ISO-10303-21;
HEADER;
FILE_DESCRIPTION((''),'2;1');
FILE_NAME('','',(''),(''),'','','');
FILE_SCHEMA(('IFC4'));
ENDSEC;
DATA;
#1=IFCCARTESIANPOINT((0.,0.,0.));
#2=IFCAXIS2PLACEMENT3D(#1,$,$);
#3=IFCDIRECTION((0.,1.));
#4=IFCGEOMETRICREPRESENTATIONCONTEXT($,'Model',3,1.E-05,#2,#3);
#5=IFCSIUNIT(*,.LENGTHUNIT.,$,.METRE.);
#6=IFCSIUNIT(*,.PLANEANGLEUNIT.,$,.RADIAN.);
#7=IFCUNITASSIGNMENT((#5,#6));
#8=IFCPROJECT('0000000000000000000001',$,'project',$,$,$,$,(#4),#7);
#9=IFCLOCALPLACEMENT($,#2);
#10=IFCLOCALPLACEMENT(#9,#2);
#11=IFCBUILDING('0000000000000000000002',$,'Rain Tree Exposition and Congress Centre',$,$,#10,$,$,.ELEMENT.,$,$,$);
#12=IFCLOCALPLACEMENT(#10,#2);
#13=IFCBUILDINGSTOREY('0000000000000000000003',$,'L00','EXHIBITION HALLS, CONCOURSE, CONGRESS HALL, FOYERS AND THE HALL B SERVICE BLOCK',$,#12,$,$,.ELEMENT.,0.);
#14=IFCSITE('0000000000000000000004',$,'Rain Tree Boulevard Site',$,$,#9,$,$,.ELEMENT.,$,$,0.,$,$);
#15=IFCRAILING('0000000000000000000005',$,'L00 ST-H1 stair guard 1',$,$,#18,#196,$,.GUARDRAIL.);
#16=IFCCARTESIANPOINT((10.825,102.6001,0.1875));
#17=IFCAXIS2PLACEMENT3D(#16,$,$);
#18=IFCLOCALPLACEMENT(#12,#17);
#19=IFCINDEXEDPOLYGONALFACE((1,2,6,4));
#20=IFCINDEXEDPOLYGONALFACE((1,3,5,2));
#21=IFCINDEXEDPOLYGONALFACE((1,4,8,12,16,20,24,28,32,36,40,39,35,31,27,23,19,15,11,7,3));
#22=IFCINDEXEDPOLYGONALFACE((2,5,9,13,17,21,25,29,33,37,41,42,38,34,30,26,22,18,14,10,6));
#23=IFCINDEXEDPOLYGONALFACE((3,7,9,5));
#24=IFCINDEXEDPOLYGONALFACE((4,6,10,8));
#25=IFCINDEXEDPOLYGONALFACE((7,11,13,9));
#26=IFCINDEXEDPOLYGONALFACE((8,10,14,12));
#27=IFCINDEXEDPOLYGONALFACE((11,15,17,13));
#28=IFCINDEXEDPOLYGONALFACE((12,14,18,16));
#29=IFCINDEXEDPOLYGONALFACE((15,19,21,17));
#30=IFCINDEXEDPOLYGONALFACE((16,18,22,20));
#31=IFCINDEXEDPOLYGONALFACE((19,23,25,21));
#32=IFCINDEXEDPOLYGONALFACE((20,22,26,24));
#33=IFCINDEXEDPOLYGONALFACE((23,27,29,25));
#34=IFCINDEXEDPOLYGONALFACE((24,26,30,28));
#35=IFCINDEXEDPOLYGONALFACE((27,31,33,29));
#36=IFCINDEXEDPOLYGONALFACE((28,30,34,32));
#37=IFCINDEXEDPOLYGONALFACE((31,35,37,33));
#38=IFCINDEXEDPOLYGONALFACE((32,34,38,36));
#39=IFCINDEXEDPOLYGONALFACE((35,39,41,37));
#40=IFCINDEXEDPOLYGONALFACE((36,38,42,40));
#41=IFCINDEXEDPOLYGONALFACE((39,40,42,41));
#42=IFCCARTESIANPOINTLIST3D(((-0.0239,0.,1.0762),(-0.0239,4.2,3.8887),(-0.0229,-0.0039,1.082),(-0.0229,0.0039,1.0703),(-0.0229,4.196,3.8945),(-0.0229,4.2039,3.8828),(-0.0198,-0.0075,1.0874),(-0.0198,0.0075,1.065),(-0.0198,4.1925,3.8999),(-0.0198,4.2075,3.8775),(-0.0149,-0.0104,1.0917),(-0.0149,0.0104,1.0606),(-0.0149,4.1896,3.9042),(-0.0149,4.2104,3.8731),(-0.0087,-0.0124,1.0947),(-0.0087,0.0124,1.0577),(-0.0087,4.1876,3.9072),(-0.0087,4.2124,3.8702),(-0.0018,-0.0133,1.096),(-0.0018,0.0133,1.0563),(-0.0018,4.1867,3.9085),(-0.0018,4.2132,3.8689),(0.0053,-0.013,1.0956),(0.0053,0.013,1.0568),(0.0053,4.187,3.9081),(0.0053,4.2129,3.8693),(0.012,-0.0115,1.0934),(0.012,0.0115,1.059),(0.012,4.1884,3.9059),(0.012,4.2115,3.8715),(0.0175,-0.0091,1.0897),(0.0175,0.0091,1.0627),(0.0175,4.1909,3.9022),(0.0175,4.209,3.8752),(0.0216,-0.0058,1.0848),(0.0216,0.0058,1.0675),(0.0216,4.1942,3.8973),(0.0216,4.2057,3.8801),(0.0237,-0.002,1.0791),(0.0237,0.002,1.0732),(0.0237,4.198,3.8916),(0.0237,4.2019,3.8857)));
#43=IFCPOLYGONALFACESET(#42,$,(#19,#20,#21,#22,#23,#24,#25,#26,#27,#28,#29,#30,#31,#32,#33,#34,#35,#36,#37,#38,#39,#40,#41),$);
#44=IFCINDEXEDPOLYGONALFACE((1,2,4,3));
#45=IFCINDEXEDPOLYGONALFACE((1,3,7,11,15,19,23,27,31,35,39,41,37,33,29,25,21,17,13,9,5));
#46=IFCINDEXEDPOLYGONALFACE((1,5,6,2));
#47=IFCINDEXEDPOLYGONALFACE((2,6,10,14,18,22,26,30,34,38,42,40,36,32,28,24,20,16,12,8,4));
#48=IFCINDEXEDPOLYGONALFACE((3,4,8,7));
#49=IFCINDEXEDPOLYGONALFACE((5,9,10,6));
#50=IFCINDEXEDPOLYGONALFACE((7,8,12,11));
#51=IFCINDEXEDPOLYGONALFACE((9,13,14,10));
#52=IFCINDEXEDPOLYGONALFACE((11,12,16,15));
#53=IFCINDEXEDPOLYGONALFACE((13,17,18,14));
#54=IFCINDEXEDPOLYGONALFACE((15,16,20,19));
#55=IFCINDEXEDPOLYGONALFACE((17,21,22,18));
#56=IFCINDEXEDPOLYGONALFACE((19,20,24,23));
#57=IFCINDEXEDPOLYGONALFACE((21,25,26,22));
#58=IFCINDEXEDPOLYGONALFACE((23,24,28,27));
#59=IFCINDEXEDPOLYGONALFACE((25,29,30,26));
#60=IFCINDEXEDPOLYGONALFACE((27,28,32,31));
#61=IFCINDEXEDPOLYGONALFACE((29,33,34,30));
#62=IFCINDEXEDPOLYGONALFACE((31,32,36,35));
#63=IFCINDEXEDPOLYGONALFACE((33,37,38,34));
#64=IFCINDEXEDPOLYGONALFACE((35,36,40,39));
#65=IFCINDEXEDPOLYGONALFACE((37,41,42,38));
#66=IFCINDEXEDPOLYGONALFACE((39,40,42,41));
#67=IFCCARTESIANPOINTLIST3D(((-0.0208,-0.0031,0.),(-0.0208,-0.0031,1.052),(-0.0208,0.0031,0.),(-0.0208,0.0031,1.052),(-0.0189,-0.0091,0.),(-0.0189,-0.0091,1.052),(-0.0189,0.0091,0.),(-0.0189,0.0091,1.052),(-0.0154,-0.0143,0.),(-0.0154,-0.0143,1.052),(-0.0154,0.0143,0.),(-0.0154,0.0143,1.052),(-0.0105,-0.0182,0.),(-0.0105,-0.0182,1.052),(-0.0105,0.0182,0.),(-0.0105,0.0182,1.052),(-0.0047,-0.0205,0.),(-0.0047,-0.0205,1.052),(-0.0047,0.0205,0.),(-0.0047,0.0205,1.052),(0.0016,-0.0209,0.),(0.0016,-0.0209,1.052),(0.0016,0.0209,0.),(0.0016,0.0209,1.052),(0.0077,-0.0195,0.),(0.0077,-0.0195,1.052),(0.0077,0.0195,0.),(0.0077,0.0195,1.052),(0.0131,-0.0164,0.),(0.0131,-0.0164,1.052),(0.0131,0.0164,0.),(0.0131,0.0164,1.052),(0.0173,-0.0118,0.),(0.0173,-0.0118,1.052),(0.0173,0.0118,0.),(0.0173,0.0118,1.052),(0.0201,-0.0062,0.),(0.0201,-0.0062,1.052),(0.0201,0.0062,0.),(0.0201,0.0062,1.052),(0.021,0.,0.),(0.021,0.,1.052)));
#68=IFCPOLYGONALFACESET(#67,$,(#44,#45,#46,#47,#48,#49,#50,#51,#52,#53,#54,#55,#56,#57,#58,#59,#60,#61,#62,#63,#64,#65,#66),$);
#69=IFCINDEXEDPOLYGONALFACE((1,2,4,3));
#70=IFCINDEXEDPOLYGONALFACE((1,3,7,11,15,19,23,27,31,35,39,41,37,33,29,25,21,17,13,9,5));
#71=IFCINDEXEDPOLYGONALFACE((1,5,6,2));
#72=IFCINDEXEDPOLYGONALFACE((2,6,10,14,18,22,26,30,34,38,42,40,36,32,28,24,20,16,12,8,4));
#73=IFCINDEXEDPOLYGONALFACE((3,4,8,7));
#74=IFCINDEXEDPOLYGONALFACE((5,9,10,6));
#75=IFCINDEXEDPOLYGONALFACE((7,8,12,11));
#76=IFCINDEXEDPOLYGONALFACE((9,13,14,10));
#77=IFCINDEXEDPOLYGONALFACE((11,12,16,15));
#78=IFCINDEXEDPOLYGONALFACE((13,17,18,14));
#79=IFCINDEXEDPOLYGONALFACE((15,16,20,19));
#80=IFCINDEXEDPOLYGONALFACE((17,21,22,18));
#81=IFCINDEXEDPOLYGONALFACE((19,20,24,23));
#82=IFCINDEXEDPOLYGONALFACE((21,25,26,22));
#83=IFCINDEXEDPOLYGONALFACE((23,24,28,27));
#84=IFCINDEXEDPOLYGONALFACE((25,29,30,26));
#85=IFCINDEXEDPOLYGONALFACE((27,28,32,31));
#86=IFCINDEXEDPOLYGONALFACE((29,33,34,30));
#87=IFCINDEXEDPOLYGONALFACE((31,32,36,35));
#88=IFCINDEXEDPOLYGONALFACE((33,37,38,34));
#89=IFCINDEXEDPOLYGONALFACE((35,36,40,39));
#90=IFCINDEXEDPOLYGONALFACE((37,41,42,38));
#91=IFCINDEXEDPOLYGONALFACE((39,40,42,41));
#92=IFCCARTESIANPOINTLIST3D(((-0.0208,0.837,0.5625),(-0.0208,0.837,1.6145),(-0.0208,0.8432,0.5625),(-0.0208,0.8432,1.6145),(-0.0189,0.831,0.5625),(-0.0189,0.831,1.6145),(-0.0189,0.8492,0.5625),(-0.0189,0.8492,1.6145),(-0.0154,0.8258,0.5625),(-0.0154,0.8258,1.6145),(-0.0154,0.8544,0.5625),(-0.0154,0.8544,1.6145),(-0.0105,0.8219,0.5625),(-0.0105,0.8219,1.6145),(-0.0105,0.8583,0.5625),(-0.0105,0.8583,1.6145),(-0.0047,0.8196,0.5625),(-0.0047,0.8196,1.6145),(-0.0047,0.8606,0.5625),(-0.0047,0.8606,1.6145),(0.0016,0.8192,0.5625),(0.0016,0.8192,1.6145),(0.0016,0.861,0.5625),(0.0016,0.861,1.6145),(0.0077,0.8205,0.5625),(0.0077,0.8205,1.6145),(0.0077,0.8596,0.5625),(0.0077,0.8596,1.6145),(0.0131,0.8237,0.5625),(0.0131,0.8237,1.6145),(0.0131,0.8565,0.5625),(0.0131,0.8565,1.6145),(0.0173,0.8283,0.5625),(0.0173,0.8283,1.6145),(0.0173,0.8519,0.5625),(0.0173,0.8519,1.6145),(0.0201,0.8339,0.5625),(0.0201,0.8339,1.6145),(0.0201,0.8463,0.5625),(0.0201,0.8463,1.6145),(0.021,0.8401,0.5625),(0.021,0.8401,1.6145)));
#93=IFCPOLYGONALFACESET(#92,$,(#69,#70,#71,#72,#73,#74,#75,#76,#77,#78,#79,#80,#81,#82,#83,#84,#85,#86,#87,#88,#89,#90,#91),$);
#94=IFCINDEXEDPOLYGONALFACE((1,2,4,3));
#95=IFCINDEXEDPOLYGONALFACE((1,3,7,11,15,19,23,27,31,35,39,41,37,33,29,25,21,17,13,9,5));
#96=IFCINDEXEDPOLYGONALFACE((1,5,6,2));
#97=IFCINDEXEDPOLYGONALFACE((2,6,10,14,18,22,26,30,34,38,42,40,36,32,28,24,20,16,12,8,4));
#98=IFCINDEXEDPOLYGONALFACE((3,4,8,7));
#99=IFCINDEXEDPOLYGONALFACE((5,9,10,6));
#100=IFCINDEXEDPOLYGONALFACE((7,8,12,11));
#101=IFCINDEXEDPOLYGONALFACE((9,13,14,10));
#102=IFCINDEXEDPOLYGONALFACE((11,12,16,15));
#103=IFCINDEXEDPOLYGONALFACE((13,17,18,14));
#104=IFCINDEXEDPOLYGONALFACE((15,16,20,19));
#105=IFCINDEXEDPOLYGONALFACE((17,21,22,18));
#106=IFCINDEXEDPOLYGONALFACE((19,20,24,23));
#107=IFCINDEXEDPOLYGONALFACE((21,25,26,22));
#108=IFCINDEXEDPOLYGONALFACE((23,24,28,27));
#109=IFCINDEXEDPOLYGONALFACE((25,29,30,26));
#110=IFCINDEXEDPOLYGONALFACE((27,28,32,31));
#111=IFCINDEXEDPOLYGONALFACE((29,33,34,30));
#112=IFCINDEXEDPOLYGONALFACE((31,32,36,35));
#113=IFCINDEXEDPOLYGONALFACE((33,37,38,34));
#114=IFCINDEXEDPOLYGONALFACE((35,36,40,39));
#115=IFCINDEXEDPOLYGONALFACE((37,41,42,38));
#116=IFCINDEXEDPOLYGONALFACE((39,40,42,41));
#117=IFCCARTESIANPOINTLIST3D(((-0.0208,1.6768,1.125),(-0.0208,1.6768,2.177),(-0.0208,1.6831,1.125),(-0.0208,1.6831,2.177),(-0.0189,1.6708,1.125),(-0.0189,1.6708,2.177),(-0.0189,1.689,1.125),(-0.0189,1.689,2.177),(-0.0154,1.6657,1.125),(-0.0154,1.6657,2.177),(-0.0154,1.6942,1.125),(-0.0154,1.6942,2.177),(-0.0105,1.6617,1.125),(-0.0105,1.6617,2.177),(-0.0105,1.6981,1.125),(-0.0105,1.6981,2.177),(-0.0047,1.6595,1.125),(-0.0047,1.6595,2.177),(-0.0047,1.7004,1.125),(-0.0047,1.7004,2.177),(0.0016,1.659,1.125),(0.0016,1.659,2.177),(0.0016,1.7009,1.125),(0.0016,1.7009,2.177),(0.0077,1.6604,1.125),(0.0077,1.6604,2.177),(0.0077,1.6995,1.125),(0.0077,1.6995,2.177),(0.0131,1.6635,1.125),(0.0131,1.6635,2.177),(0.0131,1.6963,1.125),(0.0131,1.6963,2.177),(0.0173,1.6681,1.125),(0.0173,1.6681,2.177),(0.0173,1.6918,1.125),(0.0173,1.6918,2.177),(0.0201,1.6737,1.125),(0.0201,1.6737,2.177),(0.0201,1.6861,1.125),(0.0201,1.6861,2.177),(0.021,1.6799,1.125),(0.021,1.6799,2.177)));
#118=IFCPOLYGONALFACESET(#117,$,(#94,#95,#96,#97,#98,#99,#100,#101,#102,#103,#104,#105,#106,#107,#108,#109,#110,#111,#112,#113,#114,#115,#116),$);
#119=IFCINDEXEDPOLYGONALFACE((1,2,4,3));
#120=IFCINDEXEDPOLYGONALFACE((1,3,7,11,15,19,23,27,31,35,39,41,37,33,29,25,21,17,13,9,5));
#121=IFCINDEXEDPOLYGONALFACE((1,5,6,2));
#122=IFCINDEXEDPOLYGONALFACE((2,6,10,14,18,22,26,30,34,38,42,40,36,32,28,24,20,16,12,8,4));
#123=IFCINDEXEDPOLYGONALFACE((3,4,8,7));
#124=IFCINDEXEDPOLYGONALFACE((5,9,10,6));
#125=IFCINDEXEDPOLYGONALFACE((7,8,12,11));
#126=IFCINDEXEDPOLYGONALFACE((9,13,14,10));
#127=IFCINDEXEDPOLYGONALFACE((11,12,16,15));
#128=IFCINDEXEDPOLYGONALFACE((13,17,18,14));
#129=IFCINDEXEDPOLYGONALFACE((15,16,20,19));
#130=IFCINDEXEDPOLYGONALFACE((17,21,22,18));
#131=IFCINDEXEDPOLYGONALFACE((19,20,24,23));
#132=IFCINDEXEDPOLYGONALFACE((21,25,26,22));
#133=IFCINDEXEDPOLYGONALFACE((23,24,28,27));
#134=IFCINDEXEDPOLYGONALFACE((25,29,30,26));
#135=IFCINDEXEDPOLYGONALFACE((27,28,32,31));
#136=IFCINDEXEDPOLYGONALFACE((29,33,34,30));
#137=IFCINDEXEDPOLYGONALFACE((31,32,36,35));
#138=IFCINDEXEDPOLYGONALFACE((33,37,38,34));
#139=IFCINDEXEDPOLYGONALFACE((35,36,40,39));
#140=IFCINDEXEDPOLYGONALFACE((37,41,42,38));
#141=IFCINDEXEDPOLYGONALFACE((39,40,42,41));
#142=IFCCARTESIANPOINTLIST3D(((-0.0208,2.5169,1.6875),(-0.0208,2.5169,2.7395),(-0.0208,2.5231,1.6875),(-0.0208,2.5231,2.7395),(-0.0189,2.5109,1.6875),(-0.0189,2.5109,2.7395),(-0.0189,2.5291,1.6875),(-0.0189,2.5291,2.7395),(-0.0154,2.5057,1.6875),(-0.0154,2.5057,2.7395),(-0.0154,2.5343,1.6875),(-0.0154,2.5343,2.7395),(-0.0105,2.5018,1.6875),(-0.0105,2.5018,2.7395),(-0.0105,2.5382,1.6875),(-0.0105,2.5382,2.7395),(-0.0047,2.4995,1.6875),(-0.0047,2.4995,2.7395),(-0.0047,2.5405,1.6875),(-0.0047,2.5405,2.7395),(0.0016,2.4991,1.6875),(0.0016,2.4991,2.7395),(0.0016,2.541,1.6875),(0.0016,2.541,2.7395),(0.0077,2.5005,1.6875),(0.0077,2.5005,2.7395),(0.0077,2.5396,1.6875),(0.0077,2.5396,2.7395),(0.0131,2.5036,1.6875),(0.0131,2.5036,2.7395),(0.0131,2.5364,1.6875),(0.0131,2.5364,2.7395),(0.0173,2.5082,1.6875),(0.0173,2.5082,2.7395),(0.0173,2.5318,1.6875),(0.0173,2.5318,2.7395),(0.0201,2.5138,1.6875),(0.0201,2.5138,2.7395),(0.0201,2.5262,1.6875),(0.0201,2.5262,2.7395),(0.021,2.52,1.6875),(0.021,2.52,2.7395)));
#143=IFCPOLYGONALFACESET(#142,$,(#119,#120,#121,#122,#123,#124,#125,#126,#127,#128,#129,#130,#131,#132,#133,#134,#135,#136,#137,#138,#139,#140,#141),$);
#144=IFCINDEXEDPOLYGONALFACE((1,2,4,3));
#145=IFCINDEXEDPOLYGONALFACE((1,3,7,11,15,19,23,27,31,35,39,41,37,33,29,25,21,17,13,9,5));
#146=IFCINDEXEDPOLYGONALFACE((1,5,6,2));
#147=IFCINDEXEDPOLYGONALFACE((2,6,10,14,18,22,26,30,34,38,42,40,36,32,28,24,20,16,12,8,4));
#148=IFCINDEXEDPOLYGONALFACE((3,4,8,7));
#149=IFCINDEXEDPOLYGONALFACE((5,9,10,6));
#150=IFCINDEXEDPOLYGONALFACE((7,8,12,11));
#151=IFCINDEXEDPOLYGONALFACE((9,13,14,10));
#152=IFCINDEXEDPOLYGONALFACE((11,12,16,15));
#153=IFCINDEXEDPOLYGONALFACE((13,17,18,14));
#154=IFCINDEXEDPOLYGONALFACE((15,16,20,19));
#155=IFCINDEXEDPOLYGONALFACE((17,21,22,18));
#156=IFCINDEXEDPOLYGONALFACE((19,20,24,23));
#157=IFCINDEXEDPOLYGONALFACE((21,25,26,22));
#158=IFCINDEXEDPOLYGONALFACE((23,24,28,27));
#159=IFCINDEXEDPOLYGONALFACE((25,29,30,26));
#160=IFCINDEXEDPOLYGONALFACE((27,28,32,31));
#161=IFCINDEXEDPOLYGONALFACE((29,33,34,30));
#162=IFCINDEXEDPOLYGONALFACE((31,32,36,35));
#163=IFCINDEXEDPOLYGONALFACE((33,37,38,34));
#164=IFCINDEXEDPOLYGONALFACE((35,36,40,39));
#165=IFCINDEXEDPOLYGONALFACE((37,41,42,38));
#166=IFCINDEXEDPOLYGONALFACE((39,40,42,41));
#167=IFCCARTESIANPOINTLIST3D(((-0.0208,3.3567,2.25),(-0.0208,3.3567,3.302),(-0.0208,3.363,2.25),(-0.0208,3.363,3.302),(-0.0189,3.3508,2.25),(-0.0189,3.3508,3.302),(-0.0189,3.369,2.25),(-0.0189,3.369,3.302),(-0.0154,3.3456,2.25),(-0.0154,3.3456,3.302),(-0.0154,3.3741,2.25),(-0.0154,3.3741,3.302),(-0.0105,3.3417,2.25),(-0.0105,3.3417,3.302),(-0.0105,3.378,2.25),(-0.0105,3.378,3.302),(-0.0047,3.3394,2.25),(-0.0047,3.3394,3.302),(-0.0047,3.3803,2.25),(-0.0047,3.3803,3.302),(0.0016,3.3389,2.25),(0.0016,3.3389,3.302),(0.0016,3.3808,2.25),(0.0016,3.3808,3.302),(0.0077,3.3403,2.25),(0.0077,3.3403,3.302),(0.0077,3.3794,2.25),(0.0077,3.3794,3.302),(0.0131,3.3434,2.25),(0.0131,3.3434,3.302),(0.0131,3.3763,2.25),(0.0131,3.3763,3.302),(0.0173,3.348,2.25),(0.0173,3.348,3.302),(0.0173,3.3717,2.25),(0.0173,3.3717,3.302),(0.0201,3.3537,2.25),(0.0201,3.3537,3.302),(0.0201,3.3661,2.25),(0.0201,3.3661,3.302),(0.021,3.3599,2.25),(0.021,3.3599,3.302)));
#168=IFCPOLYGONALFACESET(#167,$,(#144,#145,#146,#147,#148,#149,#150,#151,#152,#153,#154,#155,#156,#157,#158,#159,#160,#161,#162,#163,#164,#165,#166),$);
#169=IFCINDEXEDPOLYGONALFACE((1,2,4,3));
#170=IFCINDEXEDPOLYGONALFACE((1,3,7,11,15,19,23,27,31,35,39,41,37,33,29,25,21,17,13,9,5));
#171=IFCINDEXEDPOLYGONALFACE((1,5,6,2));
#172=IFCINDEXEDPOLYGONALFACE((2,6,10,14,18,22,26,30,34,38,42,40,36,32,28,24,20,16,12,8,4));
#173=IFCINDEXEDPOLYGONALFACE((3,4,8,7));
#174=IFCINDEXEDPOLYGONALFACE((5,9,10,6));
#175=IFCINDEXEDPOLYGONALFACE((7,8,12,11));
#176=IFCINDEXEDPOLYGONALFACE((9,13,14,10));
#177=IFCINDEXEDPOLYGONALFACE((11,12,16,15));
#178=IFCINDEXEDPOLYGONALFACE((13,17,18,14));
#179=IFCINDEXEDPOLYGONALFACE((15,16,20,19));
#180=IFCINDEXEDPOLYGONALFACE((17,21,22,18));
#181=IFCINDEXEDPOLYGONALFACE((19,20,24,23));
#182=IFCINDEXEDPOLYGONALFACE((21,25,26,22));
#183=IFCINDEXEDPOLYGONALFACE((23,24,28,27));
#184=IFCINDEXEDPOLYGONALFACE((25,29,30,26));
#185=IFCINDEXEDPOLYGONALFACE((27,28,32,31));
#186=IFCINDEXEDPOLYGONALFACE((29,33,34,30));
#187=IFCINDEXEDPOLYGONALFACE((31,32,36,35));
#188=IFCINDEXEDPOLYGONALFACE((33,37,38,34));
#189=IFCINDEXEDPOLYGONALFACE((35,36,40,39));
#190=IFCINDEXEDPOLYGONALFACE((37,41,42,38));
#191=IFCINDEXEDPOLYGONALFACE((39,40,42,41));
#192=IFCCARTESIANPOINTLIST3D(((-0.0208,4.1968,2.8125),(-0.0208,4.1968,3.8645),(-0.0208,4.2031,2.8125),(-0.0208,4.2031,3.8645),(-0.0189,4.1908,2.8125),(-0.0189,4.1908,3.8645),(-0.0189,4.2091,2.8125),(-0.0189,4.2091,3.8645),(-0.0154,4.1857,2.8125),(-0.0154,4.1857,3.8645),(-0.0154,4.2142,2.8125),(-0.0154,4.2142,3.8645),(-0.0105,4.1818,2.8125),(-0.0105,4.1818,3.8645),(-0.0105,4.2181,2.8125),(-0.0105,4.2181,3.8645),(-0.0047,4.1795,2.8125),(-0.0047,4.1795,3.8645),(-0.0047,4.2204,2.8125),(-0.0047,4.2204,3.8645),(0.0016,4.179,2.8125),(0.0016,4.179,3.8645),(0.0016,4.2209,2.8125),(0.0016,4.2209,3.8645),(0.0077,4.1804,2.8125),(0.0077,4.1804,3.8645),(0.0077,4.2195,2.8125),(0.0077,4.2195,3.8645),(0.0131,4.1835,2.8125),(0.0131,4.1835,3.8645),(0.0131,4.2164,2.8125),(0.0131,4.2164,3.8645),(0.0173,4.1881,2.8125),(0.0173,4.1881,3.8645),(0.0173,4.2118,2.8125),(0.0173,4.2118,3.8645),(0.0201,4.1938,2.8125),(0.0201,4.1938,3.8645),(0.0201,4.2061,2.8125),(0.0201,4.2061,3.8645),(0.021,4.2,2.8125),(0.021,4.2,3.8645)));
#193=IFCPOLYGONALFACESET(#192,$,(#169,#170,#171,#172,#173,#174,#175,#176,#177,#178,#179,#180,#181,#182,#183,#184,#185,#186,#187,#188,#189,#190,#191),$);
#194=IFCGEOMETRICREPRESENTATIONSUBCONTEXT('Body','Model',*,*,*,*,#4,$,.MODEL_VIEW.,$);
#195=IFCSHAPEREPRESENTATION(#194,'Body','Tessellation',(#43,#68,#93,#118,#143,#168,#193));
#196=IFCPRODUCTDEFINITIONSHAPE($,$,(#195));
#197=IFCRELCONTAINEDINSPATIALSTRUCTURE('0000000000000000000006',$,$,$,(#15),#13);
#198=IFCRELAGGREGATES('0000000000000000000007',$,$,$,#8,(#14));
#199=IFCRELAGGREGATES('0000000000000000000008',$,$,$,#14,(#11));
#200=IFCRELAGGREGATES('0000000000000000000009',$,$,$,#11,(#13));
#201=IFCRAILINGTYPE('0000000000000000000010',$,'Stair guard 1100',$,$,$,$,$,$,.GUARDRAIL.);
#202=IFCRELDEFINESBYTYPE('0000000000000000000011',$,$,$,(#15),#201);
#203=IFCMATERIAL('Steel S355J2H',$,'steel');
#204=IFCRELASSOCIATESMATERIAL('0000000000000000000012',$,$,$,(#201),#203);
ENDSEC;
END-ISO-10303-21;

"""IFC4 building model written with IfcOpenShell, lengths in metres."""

from ifc_helpers import new_model, si_unit, direction, frame, origin, origin_2d, place, context, subcontext, project, spatial, circle, extrude, material, type_object, element, save


model = new_model("IFC4")

# Units and contexts
model_context = context("Model", 3, precision=1e-05, world=origin(), true_north=direction((0.0, 1.0)))
body_context = subcontext(model_context, "Body", "Model", "MODEL_VIEW")
ifc_project = project(units=[si_unit("LENGTHUNIT", "METRE"), si_unit("PLANEANGLEUNIT", "RADIAN")], contexts=[model_context])

# Site, building, storey
site_placement = place(None, origin())
site = spatial("IfcSite", under=ifc_project, at=site_placement, Name="Rain Tree Boulevard Site", CompositionType="ELEMENT", RefElevation=0.0)
building_placement = place(site_placement, origin())
building = spatial("IfcBuilding", under=site, at=building_placement, Name="Rain Tree Exposition and Congress Centre", CompositionType="ELEMENT")
storey_placement = place(building_placement, origin())
storey = spatial("IfcBuildingStorey", under=building, at=storey_placement, Name="L00", Description="EXHIBITION HALLS, CONCOURSE, CONGRESS HALL, FOYERS AND THE HALL B SERVICE BLOCK", CompositionType="ELEMENT", Elevation=0.0)

# Railing
ifc_material_1 = material(Name="Steel S355J2H", Category="steel")
railing_type_1 = type_object("IfcRailingType", Name="Stair guard 1100", PredefinedType="GUARDRAIL", material=ifc_material_1)
railing_1_placement = place(storey_placement, frame((10.825, 102.6001, 0.1875)))
element("IfcRailing", 1, at=railing_1_placement, inside=storey, type_object=railing_type_1, Name="L00 ST-H1 stair guard 1", PredefinedType="GUARDRAIL", context=body_context, shape_type="SweptSolid", body=[
    extrude(circle(Radius=0.0239, at=origin_2d()), frame((0.0, 0.0, 1.0762), z_axis=(0.0, 0.830904, 0.556416), x_axis=(-1.0, 0.0, 0.0)), (0.0, 0.0, 1.0), 5.0547),
    extrude(circle(Radius=0.021, at=origin_2d()), origin(), (0.0, 0.0, 1.0), 1.052),
    extrude(circle(Radius=0.021, at=origin_2d()), frame((0.0, 0.8401, 0.5625)), (0.0, 0.0, 1.0), 1.052),
    extrude(circle(Radius=0.021, at=origin_2d()), frame((0.0, 1.6799, 1.125)), (0.0, 0.0, 1.0), 1.052),
    extrude(circle(Radius=0.021, at=origin_2d()), frame((0.0, 2.52, 1.6875)), (0.0, 0.0, 1.0), 1.052),
    extrude(circle(Radius=0.021, at=origin_2d()), frame((0.0, 3.3599, 2.25)), (0.0, 0.0, 1.0), 1.052),
    extrude(circle(Radius=0.021, at=origin_2d()), frame((0.0, 4.2, 2.8125)), (0.0, 0.0, 1.0), 1.052),
])

save(model, "model.ifc")
